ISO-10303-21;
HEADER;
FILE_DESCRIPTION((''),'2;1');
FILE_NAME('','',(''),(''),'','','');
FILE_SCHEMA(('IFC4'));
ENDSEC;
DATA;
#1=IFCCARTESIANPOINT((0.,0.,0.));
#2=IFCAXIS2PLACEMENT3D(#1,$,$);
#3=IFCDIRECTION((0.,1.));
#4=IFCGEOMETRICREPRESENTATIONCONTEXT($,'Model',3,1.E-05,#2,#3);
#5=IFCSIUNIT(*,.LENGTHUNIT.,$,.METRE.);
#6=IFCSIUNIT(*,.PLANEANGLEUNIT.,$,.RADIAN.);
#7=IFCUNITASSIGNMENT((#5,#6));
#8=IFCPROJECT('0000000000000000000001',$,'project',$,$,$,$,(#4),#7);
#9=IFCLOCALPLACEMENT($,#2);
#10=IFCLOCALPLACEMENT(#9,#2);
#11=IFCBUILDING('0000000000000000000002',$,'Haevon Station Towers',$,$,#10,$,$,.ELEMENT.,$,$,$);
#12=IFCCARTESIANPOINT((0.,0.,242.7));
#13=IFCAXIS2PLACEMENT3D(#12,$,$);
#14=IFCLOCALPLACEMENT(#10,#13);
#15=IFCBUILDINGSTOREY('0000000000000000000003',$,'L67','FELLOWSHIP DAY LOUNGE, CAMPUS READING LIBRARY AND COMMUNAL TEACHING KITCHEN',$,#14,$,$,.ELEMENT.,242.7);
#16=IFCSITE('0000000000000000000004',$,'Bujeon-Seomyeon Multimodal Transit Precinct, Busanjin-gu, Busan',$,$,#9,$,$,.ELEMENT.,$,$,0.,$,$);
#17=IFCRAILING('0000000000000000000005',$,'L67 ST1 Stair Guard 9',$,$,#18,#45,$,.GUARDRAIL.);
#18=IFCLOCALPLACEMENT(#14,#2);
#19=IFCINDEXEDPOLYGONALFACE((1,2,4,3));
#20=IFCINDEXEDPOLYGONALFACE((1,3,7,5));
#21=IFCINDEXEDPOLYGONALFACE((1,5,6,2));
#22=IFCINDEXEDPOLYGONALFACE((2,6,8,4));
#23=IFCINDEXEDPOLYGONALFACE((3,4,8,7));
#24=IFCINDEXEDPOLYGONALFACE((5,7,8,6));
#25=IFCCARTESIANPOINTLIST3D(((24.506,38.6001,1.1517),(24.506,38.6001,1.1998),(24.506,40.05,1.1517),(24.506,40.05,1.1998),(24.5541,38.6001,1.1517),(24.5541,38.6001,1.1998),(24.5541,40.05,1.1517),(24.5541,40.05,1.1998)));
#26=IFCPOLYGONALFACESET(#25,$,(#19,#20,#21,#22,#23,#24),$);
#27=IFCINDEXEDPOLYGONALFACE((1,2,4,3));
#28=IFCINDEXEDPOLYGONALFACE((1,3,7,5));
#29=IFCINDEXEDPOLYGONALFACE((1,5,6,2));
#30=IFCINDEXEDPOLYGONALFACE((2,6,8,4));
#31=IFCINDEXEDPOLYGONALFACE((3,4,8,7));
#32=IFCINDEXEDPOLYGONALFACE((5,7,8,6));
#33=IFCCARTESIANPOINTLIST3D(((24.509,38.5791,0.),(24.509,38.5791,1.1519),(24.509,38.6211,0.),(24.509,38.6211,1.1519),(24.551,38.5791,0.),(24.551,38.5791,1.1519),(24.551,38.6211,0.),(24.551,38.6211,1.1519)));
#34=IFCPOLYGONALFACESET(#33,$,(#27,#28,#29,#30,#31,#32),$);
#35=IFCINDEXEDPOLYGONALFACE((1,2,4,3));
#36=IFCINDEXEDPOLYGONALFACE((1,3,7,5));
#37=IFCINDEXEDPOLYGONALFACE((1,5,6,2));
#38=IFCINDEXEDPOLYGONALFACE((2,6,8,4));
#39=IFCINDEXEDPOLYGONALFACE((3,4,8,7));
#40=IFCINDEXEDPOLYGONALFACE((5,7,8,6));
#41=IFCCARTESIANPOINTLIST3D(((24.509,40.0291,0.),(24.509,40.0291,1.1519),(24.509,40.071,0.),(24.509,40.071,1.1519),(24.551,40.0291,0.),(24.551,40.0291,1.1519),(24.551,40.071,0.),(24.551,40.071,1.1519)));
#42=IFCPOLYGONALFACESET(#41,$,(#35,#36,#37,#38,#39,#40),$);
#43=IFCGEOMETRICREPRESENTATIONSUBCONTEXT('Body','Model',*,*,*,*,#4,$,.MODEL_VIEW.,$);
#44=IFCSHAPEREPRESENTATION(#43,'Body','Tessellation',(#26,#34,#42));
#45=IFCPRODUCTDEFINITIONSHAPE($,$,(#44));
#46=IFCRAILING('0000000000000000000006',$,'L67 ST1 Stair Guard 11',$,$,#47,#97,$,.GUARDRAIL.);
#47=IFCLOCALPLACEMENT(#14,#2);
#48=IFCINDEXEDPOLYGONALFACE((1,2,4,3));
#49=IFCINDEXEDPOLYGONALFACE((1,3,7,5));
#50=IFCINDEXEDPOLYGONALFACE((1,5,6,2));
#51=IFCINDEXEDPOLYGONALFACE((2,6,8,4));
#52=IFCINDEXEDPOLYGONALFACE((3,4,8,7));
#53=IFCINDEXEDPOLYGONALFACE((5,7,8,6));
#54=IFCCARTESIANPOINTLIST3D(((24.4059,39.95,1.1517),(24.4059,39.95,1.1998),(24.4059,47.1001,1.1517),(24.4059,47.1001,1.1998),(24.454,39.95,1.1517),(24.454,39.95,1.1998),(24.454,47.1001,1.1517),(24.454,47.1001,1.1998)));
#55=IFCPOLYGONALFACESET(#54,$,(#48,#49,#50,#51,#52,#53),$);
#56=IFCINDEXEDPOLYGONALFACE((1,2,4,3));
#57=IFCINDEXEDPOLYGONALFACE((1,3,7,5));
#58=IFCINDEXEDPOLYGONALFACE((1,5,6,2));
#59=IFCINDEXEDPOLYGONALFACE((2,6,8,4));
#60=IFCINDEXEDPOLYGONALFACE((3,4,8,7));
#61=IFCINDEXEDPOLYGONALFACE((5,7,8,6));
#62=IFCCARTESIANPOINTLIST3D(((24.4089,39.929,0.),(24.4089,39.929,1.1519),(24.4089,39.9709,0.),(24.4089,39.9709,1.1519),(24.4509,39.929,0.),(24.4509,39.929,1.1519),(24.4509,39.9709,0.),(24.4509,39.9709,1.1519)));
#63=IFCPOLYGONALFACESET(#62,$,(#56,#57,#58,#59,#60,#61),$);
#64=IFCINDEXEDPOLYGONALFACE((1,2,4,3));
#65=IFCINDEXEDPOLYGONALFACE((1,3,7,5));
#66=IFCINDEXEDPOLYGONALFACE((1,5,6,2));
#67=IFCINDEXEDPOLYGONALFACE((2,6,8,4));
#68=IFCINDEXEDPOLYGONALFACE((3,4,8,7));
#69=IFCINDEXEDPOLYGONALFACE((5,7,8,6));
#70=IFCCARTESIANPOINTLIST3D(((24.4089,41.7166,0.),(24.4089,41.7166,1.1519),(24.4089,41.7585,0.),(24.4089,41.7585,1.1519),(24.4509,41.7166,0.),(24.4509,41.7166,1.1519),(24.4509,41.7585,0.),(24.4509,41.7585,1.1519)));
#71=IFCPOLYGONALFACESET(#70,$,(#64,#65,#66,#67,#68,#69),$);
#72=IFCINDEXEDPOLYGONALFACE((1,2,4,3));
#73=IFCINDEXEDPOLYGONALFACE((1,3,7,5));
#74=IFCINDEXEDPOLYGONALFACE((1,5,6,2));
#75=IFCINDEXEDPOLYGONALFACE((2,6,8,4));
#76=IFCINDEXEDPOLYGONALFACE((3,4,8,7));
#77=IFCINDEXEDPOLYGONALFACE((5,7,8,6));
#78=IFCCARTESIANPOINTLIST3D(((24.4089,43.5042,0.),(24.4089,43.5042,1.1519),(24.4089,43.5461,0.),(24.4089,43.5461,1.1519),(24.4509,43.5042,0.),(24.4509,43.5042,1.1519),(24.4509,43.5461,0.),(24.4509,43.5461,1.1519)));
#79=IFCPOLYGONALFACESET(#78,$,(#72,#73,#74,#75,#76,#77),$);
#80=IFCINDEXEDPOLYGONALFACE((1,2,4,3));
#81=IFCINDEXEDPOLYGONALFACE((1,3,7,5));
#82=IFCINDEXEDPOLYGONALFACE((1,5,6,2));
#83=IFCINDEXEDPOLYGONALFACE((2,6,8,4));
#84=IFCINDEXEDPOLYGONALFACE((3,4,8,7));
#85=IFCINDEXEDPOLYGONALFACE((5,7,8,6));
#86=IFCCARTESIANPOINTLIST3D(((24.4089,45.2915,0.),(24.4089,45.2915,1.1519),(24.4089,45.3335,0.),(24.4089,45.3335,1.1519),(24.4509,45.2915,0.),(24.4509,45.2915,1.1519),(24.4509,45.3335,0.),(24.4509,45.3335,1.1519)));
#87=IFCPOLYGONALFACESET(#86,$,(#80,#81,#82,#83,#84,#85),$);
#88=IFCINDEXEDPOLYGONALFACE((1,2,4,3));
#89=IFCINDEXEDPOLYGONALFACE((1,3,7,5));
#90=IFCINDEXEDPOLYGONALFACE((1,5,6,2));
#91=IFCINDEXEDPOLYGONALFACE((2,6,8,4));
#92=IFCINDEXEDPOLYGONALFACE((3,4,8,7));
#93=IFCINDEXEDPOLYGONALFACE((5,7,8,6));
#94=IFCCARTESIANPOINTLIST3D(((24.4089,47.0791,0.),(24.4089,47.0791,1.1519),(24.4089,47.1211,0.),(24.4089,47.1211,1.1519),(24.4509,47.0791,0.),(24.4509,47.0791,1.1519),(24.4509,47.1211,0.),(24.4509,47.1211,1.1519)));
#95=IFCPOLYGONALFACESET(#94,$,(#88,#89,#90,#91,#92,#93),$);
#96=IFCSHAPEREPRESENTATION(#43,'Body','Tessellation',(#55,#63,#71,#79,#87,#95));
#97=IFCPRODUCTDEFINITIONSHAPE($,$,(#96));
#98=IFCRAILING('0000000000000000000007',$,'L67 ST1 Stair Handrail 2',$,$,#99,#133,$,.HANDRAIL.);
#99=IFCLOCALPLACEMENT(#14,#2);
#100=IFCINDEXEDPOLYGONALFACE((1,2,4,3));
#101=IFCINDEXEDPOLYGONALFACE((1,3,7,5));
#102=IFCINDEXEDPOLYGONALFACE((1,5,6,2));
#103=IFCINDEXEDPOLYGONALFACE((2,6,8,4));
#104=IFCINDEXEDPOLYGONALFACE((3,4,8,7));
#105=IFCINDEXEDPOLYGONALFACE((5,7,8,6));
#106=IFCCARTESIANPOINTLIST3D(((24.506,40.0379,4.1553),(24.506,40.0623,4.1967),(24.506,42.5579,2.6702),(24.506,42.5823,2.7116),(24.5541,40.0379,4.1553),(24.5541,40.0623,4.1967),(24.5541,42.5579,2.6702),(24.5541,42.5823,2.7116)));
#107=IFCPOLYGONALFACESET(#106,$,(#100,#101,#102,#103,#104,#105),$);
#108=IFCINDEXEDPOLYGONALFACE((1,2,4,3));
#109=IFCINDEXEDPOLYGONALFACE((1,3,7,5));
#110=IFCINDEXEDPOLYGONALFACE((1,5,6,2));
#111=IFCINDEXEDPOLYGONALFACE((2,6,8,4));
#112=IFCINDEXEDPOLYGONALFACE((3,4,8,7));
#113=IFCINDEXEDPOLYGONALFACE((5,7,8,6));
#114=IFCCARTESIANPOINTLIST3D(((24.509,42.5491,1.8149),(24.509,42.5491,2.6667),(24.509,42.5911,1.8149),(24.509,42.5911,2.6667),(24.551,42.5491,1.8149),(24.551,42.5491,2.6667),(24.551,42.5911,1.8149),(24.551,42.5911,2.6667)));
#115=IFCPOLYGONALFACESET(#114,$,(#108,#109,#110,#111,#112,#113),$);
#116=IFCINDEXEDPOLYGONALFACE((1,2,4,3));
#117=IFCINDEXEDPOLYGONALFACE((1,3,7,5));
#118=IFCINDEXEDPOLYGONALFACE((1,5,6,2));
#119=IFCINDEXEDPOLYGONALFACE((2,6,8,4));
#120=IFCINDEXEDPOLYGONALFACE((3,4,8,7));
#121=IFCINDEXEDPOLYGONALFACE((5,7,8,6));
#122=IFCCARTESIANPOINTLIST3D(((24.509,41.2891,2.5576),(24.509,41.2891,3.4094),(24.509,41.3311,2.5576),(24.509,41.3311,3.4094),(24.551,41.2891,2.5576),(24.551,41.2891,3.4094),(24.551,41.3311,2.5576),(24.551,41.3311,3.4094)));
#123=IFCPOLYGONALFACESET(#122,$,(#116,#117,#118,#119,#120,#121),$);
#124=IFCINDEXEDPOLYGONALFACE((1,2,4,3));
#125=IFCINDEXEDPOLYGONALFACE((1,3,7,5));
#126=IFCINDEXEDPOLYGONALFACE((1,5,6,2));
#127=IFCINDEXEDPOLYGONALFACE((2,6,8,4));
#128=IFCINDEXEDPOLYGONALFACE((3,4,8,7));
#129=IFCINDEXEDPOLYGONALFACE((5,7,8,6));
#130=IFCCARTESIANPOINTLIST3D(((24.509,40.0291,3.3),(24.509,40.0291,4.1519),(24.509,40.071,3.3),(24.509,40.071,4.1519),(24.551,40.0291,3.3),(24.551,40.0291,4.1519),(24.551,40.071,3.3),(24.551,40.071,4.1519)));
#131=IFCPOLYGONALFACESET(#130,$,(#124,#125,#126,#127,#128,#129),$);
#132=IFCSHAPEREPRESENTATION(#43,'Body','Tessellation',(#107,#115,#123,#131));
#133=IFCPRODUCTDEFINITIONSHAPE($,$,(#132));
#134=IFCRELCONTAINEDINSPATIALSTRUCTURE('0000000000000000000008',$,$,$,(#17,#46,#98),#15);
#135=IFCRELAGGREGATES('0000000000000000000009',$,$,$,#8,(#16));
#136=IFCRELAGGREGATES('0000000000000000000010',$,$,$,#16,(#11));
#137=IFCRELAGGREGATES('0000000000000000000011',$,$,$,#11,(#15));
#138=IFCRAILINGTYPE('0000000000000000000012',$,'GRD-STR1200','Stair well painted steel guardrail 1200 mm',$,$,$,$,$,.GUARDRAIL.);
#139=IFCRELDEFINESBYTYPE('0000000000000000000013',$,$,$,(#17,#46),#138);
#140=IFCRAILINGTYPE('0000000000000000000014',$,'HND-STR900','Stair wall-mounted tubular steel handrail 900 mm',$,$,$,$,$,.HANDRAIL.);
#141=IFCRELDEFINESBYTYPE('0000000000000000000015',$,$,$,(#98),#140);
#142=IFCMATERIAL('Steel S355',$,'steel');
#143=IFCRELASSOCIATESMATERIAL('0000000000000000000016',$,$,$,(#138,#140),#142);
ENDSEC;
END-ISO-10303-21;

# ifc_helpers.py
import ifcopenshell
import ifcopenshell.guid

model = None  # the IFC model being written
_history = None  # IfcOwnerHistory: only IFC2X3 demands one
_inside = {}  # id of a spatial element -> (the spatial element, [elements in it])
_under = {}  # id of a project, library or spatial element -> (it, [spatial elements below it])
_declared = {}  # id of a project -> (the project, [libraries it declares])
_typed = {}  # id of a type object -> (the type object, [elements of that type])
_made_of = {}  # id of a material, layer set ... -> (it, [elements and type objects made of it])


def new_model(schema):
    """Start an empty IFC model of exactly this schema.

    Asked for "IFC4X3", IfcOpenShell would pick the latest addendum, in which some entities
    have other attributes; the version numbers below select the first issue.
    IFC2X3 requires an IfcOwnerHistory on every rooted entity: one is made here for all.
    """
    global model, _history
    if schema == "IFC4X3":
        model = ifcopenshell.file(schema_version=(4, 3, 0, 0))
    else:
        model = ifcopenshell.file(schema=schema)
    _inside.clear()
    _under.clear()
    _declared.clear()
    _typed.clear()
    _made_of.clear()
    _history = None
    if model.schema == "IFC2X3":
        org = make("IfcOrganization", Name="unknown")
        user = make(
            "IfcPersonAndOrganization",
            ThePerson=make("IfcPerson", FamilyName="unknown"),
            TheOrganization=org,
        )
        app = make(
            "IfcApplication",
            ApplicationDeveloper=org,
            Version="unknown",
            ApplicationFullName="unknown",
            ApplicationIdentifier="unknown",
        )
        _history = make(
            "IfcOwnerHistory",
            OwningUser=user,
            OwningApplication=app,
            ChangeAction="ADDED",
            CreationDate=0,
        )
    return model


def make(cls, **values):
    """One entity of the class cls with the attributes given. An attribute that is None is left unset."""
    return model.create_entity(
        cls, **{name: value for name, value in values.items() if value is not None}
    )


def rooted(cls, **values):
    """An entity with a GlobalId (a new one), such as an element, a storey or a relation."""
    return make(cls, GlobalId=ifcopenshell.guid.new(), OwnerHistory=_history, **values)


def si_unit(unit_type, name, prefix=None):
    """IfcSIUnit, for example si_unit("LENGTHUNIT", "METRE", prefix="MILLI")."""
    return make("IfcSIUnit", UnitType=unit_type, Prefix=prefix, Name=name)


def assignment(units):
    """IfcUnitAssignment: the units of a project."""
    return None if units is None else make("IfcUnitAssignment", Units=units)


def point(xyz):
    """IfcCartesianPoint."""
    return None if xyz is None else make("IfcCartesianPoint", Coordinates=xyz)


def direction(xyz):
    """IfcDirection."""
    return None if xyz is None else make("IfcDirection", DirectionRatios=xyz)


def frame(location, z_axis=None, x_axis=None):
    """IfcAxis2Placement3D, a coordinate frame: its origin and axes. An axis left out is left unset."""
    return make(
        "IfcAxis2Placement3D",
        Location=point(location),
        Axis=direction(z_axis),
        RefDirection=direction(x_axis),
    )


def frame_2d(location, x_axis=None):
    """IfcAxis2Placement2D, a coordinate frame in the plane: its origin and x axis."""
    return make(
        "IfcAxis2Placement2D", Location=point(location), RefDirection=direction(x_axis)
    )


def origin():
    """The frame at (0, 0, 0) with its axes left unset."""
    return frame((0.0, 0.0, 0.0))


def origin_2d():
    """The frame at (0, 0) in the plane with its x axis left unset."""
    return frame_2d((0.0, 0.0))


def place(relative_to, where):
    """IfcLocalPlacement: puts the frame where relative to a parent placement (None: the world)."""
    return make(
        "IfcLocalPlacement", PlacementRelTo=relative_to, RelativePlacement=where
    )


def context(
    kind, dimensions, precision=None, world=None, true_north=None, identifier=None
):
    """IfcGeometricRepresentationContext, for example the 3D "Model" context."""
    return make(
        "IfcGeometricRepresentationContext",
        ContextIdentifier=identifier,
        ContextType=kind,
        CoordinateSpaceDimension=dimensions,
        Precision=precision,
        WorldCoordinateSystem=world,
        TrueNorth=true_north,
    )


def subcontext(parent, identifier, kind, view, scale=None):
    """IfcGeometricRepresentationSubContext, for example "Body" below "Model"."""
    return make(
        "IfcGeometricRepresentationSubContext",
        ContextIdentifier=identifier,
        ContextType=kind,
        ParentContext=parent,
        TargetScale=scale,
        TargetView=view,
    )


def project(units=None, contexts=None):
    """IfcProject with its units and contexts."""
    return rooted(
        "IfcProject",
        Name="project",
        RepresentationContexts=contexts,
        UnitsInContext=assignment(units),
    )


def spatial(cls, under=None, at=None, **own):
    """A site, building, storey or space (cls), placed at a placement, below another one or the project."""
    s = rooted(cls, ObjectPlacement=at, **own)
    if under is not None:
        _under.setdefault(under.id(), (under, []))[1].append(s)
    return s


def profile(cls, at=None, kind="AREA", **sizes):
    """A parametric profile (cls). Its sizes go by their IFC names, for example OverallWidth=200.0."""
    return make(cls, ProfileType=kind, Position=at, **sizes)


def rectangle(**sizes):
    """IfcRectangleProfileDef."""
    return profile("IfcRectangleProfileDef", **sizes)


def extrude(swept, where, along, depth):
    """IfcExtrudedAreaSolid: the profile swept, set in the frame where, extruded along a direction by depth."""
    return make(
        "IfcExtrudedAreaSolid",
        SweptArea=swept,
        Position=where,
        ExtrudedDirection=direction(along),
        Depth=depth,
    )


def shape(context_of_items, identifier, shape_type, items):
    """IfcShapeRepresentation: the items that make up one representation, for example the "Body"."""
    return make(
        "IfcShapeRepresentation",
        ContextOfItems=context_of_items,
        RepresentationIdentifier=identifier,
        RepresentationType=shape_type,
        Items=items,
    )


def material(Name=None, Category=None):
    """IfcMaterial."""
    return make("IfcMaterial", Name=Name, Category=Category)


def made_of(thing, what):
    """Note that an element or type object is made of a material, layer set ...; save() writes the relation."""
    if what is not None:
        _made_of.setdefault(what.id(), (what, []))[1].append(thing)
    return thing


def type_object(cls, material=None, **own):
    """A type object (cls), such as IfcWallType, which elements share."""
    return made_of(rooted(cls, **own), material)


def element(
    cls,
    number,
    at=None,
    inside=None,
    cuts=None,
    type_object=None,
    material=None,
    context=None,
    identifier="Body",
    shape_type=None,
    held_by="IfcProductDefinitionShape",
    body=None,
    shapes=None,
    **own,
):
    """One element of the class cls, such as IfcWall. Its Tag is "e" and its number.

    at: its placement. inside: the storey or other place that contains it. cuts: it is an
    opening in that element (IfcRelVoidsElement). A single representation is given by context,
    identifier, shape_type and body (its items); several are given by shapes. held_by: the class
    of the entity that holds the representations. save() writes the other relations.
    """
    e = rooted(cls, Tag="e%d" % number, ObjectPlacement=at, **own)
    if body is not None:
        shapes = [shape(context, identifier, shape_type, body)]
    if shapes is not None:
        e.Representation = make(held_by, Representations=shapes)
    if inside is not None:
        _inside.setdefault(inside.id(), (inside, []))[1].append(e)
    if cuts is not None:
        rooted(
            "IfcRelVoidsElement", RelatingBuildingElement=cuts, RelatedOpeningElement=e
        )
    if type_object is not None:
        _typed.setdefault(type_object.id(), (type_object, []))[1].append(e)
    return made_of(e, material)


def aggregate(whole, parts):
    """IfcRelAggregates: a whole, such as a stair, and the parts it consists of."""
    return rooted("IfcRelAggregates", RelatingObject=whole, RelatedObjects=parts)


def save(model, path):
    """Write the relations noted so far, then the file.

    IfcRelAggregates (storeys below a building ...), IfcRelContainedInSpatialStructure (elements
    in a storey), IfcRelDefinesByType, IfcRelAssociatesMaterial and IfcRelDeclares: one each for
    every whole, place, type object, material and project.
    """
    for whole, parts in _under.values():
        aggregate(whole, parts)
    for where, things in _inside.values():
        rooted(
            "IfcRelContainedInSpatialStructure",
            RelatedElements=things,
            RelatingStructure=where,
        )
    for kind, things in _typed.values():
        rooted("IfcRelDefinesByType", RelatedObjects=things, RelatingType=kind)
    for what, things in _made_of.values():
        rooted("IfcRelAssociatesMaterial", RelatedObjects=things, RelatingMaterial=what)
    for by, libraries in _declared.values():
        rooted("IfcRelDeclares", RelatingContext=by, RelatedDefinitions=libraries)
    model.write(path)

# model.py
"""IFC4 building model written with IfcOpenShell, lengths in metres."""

from ifc_helpers import new_model, si_unit, direction, frame, origin, origin_2d, place, context, subcontext, project, spatial, rectangle, extrude, material, type_object, element, save


model = new_model("IFC4")

# Units and contexts
model_context = context("Model", 3, precision=1e-05, world=origin(), true_north=direction((0.0, 1.0)))
body_context = subcontext(model_context, "Body", "Model", "MODEL_VIEW")
ifc_project = project(units=[si_unit("LENGTHUNIT", "METRE"), si_unit("PLANEANGLEUNIT", "RADIAN")], contexts=[model_context])

# Site, building, storey
site_placement = place(None, origin())
site = spatial("IfcSite", under=ifc_project, at=site_placement, Name="Bujeon-Seomyeon Multimodal Transit Precinct, Busanjin-gu, Busan", CompositionType="ELEMENT", RefElevation=0.0)
building_placement = place(site_placement, origin())
building = spatial("IfcBuilding", under=site, at=building_placement, Name="Haevon Station Towers", CompositionType="ELEMENT")
storey_placement = place(building_placement, frame((0.0, 0.0, 242.7)))
storey = spatial("IfcBuildingStorey", under=building, at=storey_placement, Name="L67", Description="FELLOWSHIP DAY LOUNGE, CAMPUS READING LIBRARY AND COMMUNAL TEACHING KITCHEN", CompositionType="ELEMENT", Elevation=242.7)

# Shared definitions
ifc_material_1 = material(Name="Steel S355", Category="steel")

# Railings
railing_type_1 = type_object("IfcRailingType", Name="GRD-STR1200", Description="Stair well painted steel guardrail 1200 mm", PredefinedType="GUARDRAIL", material=ifc_material_1)
railing_1_placement = place(storey_placement, frame((24.53, 38.6001, 0.0)))
element("IfcRailing", 1, at=railing_1_placement, inside=storey, type_object=railing_type_1, Name="L67 ST1 Stair Guard 9", PredefinedType="GUARDRAIL", context=body_context, shape_type="SweptSolid", body=[
    extrude(rectangle(XDim=0.0481, YDim=0.0481, at=origin_2d()), frame((0.0, 0.0, 1.1758), z_axis=(0.0, 1.0, 0.0), x_axis=(-1.0, 0.0, 0.0)), (0.0, 0.0, 1.0), 1.45),
    extrude(rectangle(XDim=0.042, YDim=0.042, at=origin_2d()), origin(), (0.0, 0.0, 1.0), 1.1519),
    extrude(rectangle(XDim=0.042, YDim=0.042, at=origin_2d()), frame((0.0, 1.45, 0.0)), (0.0, 0.0, 1.0), 1.1519),
])
railing_2_placement = place(storey_placement, frame((24.4299, 39.95, 0.0)))
element("IfcRailing", 2, at=railing_2_placement, inside=storey, type_object=railing_type_1, Name="L67 ST1 Stair Guard 11", PredefinedType="GUARDRAIL", context=body_context, shape_type="SweptSolid", body=[
    extrude(rectangle(XDim=0.0481, YDim=0.0481, at=origin_2d()), frame((0.0, 0.0, 1.1758), z_axis=(0.0, 1.0, 0.0), x_axis=(-1.0, 0.0, 0.0)), (0.0, 0.0, 1.0), 7.1501),
    extrude(rectangle(XDim=0.042, YDim=0.042, at=origin_2d()), origin(), (0.0, 0.0, 1.0), 1.1519),
    extrude(rectangle(XDim=0.042, YDim=0.042, at=origin_2d()), frame((0.0, 1.7876, 0.0)), (0.0, 0.0, 1.0), 1.1519),
    extrude(rectangle(XDim=0.042, YDim=0.042, at=origin_2d()), frame((0.0, 3.5752, 0.0)), (0.0, 0.0, 1.0), 1.1519),
    extrude(rectangle(XDim=0.042, YDim=0.042, at=origin_2d()), frame((0.0, 5.3625, 0.0)), (0.0, 0.0, 1.0), 1.1519),
    extrude(rectangle(XDim=0.042, YDim=0.042, at=origin_2d()), frame((0.0, 7.1501, 0.0)), (0.0, 0.0, 1.0), 1.1519),
])
railing_type_2 = type_object("IfcRailingType", Name="HND-STR900", Description="Stair wall-mounted tubular steel handrail 900 mm", PredefinedType="HANDRAIL", material=ifc_material_1)
railing_3_placement = place(storey_placement, frame((24.53, 42.5701, 1.8149)))
element("IfcRailing", 3, at=railing_3_placement, inside=storey, type_object=railing_type_2, Name="L67 ST1 Stair Handrail 2", PredefinedType="HANDRAIL", context=body_context, shape_type="SweptSolid", body=[
    extrude(rectangle(XDim=0.0481, YDim=0.0481, at=origin_2d()), frame((0.0, 0.0, 0.876), z_axis=(0.0, -0.861524, 0.507717), x_axis=(1.0, 0.0, 0.0)), (0.0, 0.0, 1.0), 2.925),
    extrude(rectangle(XDim=0.042, YDim=0.042, at=origin_2d()), origin(), (0.0, 0.0, 1.0), 0.8518),
    extrude(rectangle(XDim=0.042, YDim=0.042, at=origin_2d()), frame((0.0, -1.26, 0.7427)), (0.0, 0.0, 1.0), 0.8518),
    extrude(rectangle(XDim=0.042, YDim=0.042, at=origin_2d()), frame((0.0, -2.52, 1.4851)), (0.0, 0.0, 1.0), 0.8518),
])

save(model, "model.ifc")
